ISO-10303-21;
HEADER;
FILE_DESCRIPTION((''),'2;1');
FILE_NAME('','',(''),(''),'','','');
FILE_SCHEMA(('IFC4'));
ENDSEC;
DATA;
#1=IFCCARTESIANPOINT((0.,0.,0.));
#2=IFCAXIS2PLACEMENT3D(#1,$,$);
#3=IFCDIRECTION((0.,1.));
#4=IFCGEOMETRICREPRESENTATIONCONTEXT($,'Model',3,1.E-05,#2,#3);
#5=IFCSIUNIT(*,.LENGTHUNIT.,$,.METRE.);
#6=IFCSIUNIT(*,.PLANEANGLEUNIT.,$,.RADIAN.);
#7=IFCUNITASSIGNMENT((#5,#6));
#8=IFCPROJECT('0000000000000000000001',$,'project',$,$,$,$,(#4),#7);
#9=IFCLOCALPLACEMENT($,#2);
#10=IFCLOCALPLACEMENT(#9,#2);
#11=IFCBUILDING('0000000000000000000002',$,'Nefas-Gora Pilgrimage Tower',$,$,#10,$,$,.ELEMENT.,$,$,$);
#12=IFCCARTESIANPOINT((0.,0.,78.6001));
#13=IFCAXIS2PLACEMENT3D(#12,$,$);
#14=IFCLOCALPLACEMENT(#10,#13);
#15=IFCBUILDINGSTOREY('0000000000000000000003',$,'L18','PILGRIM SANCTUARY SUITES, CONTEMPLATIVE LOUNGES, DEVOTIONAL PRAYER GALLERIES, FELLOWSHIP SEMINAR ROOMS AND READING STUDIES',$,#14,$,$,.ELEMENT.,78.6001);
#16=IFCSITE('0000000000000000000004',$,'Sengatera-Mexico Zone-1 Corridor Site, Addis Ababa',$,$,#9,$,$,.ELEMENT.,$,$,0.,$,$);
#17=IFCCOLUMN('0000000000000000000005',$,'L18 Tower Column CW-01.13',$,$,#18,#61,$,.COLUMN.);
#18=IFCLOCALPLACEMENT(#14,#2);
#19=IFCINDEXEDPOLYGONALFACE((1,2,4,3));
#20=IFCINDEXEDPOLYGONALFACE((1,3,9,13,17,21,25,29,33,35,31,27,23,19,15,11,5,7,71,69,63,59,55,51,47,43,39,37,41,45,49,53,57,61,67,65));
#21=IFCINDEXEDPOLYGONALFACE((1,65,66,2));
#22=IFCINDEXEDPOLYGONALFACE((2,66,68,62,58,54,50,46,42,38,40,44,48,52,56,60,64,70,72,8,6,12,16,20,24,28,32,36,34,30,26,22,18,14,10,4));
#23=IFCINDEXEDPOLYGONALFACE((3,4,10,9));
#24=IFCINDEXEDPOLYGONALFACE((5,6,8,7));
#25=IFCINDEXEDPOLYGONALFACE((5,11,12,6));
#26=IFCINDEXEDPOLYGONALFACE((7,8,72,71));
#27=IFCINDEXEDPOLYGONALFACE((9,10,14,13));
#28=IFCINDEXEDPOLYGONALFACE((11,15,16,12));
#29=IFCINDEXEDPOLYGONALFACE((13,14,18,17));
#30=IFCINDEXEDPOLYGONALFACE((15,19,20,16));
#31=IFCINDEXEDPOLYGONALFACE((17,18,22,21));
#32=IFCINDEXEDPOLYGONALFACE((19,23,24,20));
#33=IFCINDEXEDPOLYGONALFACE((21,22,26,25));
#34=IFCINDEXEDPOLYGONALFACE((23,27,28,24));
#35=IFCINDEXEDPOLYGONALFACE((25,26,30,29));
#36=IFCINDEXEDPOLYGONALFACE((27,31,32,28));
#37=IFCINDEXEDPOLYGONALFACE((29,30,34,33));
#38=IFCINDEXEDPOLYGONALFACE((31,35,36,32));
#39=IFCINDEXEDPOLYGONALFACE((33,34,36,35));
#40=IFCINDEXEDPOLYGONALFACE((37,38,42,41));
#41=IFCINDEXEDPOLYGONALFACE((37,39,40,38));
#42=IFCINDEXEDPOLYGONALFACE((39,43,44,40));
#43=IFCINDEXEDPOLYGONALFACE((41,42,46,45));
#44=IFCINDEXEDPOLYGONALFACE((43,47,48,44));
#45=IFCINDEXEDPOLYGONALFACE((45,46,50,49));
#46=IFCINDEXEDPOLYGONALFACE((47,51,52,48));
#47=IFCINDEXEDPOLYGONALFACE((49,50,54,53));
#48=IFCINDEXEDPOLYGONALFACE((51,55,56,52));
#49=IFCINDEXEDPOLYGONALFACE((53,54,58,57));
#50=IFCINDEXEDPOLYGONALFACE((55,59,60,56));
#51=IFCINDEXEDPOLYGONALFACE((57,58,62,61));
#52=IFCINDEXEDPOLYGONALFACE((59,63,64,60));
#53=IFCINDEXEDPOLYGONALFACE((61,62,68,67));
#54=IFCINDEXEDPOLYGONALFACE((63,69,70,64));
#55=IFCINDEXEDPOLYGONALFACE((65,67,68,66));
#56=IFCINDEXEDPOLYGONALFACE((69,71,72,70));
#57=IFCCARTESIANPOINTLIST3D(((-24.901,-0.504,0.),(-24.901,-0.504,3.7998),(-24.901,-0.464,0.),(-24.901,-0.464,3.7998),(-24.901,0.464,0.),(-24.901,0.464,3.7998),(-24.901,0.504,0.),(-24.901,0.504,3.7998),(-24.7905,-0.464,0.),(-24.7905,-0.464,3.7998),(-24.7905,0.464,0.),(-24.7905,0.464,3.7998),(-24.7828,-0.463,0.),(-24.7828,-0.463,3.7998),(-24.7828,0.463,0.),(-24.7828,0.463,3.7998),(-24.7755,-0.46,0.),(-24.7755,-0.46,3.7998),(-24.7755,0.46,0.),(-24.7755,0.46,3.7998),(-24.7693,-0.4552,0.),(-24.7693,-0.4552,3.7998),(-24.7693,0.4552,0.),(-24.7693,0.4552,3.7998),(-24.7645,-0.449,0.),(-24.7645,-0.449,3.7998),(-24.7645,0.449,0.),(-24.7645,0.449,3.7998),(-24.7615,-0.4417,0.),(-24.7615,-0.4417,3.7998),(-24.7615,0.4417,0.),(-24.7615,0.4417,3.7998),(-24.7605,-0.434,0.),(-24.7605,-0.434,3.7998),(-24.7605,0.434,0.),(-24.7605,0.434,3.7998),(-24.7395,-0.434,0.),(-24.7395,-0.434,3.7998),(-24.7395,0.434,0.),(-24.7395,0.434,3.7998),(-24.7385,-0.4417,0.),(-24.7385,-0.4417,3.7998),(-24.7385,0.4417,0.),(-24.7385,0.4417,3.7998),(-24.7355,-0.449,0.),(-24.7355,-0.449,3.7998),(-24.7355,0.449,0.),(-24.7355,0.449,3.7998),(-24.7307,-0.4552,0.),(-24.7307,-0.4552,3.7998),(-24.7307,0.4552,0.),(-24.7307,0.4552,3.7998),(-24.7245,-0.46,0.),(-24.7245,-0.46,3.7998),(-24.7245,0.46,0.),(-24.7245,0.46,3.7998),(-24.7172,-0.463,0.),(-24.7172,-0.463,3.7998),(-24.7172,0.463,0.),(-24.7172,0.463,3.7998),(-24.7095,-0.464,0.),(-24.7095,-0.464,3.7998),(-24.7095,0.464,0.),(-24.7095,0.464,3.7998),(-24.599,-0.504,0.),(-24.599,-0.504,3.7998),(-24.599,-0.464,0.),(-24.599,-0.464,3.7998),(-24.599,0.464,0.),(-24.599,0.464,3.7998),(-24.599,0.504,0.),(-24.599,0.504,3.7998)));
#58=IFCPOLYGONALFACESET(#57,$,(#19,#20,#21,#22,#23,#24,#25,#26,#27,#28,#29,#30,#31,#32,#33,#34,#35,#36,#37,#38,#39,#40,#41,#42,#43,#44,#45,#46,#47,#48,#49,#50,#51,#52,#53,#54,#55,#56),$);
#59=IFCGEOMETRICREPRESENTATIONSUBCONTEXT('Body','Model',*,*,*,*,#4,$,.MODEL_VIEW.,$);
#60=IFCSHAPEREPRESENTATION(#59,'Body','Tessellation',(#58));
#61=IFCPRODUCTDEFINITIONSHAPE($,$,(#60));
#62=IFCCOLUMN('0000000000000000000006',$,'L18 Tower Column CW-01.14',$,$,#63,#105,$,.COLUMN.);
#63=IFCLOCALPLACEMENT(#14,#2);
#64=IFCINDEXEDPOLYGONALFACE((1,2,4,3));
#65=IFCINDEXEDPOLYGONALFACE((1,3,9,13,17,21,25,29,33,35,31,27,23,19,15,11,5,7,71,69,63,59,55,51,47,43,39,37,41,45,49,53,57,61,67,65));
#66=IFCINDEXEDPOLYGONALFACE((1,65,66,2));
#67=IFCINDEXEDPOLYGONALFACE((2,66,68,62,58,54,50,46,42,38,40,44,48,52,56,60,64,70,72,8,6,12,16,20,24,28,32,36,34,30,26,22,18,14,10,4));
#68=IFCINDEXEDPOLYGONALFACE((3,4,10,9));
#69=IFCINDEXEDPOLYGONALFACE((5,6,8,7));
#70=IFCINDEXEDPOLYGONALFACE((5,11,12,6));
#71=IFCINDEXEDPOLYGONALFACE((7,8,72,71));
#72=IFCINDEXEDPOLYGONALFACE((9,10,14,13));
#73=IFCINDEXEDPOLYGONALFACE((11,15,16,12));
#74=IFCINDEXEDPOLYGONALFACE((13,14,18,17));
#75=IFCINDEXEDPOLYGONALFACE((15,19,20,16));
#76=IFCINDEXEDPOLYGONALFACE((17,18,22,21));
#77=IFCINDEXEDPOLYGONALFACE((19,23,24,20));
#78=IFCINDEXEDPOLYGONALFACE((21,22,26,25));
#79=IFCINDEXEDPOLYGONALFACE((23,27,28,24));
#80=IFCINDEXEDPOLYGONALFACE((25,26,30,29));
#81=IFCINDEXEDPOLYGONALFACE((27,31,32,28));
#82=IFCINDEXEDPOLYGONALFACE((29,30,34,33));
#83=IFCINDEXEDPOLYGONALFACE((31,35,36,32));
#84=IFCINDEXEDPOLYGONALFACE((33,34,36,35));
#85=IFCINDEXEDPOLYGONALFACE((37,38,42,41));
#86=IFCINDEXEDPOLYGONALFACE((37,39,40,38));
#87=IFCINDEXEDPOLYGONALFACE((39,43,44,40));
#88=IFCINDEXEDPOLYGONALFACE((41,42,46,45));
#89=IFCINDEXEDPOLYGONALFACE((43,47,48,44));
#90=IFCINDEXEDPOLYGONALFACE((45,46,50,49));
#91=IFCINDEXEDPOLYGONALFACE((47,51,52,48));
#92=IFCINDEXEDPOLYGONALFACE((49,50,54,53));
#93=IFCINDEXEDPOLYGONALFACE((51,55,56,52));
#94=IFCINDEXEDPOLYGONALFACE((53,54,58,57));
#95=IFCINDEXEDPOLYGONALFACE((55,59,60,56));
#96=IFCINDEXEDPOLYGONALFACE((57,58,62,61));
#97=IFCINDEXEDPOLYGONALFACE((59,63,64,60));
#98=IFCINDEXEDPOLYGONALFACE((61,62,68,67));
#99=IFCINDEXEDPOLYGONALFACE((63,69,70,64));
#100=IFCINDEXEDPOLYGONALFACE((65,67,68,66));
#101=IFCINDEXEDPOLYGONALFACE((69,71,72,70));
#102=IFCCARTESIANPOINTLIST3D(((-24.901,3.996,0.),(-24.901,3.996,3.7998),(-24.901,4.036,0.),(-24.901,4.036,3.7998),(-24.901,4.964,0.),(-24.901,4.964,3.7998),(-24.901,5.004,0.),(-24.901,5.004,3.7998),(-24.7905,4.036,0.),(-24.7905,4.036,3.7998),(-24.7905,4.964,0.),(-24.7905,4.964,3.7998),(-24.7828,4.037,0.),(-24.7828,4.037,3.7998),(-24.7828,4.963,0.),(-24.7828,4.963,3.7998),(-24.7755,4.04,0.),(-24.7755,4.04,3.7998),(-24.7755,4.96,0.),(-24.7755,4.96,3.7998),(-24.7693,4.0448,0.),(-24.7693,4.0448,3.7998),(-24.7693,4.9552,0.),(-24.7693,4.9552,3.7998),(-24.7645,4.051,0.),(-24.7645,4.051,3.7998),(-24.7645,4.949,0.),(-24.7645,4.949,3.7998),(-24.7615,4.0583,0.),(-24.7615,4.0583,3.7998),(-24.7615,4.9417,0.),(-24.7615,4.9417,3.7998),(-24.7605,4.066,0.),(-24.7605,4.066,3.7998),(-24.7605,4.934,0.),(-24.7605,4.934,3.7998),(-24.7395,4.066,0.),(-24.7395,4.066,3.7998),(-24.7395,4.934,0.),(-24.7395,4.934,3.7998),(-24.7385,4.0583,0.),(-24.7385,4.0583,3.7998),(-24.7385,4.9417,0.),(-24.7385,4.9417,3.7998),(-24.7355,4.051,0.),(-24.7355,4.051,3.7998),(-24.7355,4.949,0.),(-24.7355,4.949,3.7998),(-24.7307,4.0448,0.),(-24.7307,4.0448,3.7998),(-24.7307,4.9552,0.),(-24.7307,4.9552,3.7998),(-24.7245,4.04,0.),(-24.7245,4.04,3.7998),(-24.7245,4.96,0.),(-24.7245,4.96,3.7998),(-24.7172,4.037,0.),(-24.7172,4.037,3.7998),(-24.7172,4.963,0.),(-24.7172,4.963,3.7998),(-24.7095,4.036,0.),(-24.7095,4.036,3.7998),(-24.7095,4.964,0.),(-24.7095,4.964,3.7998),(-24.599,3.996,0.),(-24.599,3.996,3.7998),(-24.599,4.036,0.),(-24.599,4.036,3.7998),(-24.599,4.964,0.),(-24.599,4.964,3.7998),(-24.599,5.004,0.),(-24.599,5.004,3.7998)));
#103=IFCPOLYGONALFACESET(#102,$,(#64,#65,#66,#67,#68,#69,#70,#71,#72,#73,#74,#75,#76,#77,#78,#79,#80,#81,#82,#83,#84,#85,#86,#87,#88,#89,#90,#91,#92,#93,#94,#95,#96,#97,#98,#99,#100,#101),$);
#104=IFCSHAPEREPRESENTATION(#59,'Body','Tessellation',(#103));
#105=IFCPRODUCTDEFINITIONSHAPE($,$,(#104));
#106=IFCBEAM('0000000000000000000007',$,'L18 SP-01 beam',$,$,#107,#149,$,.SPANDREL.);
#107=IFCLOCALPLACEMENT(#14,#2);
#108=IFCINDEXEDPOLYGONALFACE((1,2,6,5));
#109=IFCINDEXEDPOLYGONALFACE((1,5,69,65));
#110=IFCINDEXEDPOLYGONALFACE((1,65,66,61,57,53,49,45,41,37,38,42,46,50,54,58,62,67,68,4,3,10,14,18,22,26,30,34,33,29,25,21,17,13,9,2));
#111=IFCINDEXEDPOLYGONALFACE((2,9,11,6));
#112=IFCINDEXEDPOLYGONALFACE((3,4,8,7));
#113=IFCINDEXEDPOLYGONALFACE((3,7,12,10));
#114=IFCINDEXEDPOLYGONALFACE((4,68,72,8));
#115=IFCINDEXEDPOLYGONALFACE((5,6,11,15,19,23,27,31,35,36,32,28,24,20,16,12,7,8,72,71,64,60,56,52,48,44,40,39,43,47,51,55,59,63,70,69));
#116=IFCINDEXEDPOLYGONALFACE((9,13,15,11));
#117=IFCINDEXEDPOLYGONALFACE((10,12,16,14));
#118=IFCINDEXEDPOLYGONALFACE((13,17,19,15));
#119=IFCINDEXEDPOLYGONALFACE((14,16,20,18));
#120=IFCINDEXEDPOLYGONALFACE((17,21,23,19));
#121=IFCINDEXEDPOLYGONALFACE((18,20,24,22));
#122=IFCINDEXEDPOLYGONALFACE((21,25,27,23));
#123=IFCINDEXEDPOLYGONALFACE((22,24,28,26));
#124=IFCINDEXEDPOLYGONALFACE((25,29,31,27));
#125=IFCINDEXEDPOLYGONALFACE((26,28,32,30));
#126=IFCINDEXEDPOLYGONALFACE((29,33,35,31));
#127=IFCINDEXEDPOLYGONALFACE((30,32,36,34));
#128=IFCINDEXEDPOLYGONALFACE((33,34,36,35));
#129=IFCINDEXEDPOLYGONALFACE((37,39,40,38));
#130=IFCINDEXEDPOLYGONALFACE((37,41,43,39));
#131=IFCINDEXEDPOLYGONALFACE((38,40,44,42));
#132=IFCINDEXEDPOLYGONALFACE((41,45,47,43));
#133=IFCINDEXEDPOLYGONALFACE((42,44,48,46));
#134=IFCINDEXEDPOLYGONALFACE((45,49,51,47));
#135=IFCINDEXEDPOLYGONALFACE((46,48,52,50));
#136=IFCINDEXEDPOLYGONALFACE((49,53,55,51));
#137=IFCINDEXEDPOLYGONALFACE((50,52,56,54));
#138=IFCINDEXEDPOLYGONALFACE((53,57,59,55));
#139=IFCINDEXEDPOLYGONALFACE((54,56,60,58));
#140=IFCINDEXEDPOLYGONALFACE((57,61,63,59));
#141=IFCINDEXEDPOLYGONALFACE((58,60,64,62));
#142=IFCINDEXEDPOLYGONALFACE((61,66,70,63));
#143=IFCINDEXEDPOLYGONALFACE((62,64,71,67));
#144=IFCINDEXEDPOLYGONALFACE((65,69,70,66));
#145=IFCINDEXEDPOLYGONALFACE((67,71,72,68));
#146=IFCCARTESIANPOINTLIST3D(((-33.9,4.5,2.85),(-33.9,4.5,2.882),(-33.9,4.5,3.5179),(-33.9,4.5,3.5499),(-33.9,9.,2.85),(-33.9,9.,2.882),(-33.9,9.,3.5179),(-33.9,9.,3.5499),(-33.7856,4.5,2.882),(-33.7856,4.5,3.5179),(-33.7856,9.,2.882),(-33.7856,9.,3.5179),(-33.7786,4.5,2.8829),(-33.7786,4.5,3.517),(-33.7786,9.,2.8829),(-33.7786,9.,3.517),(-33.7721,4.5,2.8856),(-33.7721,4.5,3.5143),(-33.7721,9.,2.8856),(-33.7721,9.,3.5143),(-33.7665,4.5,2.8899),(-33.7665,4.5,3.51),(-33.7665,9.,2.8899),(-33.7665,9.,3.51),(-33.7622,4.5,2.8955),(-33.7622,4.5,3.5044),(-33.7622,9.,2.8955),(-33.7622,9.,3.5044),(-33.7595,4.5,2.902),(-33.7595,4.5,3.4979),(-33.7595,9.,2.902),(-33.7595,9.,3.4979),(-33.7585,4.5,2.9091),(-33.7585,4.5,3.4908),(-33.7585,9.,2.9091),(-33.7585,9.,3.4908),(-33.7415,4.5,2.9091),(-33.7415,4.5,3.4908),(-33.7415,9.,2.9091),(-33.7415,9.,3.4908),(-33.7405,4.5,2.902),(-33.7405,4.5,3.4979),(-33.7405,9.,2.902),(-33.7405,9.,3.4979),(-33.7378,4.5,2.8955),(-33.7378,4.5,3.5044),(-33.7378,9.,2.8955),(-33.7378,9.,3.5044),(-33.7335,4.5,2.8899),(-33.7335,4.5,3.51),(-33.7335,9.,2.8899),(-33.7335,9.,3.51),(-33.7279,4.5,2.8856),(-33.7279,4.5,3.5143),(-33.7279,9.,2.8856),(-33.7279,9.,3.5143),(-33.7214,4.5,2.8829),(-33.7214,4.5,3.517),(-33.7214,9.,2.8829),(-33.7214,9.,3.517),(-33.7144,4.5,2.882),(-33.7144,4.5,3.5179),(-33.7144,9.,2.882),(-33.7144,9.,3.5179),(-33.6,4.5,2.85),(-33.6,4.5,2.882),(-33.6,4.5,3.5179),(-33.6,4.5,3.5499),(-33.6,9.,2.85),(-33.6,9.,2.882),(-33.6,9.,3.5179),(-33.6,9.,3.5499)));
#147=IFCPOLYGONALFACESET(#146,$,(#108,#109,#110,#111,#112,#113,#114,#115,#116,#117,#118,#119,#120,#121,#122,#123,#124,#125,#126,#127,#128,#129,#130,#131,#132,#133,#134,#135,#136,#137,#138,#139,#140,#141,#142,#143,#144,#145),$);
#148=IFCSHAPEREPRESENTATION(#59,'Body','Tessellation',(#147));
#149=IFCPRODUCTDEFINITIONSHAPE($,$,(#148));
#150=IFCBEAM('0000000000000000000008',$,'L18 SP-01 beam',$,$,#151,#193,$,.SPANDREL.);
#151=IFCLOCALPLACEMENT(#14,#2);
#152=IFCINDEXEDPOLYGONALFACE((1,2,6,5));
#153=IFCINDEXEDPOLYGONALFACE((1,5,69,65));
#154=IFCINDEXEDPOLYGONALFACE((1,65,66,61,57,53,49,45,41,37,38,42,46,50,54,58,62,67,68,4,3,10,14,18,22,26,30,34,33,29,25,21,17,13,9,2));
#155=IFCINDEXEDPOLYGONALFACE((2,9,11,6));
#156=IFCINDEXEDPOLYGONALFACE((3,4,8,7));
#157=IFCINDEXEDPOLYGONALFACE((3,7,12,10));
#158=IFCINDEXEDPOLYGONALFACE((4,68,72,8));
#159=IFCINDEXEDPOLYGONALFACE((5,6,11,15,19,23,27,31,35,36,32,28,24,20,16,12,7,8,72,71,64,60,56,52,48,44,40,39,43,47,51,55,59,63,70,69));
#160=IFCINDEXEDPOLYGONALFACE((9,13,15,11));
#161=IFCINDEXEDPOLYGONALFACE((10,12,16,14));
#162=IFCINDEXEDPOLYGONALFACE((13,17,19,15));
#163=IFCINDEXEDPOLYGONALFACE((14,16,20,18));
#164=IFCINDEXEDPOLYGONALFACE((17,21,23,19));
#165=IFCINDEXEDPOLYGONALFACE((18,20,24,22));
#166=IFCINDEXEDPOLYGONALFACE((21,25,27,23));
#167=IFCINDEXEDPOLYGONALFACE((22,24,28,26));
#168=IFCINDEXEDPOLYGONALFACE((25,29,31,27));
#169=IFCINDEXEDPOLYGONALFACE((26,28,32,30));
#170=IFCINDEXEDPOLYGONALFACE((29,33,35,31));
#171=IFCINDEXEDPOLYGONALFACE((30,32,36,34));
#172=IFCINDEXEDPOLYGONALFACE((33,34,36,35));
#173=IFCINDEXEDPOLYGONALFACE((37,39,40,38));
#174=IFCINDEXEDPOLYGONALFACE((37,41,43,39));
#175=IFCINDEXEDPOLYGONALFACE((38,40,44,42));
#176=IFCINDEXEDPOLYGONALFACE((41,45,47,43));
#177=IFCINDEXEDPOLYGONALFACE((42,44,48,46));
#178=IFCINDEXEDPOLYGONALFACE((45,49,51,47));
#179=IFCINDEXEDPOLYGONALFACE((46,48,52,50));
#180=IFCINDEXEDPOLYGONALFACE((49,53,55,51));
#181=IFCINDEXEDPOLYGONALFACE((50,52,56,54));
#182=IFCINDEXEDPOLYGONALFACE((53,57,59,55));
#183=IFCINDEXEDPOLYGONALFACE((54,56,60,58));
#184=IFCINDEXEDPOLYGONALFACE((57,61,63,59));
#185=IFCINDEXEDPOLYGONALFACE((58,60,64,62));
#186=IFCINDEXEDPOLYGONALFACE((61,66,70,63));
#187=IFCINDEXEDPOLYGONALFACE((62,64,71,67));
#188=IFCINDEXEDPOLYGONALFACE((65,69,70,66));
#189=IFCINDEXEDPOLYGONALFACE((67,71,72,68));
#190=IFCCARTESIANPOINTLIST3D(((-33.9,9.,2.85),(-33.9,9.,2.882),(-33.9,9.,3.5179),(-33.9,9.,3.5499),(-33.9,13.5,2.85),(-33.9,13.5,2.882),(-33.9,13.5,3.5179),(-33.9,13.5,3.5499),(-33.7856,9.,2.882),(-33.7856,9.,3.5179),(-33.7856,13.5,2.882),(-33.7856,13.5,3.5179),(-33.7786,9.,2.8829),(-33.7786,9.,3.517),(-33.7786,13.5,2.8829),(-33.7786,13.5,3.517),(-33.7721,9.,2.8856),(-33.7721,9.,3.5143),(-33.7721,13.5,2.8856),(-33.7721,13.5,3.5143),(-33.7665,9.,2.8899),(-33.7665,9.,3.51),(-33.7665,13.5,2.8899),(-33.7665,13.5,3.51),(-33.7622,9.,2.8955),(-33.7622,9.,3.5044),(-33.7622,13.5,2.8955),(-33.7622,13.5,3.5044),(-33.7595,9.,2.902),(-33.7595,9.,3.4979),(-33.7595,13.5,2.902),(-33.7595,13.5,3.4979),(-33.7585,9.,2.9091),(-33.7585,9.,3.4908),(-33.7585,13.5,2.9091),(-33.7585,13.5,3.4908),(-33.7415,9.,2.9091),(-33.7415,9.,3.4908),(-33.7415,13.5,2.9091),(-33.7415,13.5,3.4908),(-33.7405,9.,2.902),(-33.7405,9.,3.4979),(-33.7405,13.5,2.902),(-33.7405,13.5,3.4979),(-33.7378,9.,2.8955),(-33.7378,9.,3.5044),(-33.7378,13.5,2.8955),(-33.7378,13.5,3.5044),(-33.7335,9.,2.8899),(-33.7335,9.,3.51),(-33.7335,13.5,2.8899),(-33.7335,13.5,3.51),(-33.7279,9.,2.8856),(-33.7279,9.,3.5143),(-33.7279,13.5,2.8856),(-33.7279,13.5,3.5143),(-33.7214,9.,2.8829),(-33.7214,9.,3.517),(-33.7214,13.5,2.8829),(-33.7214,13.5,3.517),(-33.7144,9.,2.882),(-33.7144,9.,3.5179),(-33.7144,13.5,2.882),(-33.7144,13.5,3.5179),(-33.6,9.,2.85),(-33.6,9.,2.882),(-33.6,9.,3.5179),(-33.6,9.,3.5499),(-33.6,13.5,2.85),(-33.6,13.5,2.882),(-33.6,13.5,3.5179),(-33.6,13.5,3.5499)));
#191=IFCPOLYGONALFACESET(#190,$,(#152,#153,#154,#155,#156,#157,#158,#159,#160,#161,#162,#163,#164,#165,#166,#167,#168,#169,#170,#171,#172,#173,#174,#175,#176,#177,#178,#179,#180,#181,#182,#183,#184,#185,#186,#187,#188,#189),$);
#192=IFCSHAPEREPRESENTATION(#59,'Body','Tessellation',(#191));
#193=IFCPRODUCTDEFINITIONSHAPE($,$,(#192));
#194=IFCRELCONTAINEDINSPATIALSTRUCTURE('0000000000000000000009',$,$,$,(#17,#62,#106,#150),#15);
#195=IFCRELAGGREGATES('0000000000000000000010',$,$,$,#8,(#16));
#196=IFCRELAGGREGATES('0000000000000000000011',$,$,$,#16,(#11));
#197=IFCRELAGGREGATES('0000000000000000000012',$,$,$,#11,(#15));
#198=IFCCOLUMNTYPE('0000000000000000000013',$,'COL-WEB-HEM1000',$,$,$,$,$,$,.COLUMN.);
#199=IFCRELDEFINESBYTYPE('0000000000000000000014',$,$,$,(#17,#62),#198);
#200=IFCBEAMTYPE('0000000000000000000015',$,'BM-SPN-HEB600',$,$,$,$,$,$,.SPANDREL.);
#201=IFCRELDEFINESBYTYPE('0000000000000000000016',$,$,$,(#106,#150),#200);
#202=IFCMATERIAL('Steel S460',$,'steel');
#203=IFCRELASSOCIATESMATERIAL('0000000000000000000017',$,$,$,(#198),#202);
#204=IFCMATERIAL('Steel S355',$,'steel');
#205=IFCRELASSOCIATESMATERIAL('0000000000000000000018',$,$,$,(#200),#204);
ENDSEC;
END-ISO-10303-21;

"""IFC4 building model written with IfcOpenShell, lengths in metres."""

from ifc_helpers import new_model, si_unit, direction, frame, origin, origin_2d, place, context, subcontext, project, spatial, i_section, extrude, source, transform, mapped, material, material_profile, profile_set, type_object, element, save


model = new_model("IFC4")

# Units and contexts
model_context = context("Model", 3, precision=1e-05, world=origin(), true_north=direction((0.0, 1.0)))
body_context = subcontext(model_context, "Body", "Model", "MODEL_VIEW")
ifc_project = project(units=[si_unit("LENGTHUNIT", "METRE"), si_unit("PLANEANGLEUNIT", "RADIAN")], contexts=[model_context])

# Site, building, storey
site_placement = place(None, origin())
site = spatial("IfcSite", under=ifc_project, at=site_placement, Name="Sengatera-Mexico Zone-1 Corridor Site, Addis Ababa", CompositionType="ELEMENT", RefElevation=0.0)
building_placement = place(site_placement, origin())
building = spatial("IfcBuilding", under=site, at=building_placement, Name="Nefas-Gora Pilgrimage Tower", CompositionType="ELEMENT")
storey_placement = place(building_placement, frame((0.0, 0.0, 78.6001)))
storey = spatial("IfcBuildingStorey", under=building, at=storey_placement, Name="L18", Description="PILGRIM SANCTUARY SUITES, CONTEMPLATIVE LOUNGES, DEVOTIONAL PRAYER GALLERIES, FELLOWSHIP SEMINAR ROOMS AND READING STUDIES", CompositionType="ELEMENT", Elevation=78.6001)

# Columns
ifc_material_1 = material(Name="Steel S460", Category="steel")
ifc_material_profile_1 = material_profile(ifc_material_1, i_section(OverallWidth=0.302, OverallDepth=1.0081, WebThickness=0.021, FlangeThickness=0.04, FilletRadius=0.03, at=origin_2d()), Name="HEM 1000")
ifc_profile_set_1 = profile_set([ifc_material_profile_1], Name="Steel S460")
column_type_1 = type_object("IfcColumnType", Name="COL-WEB-HEM1000", PredefinedType="COLUMN", material=ifc_profile_set_1)
shared_shape_1 = source(origin(), body_context, "Body", "SweptSolid", [
    extrude(i_section(OverallWidth=0.302, OverallDepth=1.0081, WebThickness=0.021, FlangeThickness=0.04, FilletRadius=0.03, at=origin_2d()), origin(), (0.0, 0.0, 1.0), 3.7998),
])
for number, where, z_axis, x_axis, name in (
    (1, (-24.75, 0.0, 0.0), (0.0, 0.0, 1.0), (1.0, 0.0, 0.0), "L18 Tower Column CW-01.13"),
    (2, (-24.75, 4.5, 0.0), (0.0, 0.0, 1.0), (1.0, 0.0, 0.0), "L18 Tower Column CW-01.14"),
):
    element("IfcColumn", number, at=place(storey_placement, frame(where, z_axis=z_axis, x_axis=x_axis)), inside=storey, type_object=column_type_1, Name=name, PredefinedType="COLUMN", context=body_context, shape_type="MappedRepresentation", body=[
        mapped(shared_shape_1, transform((0.0, 0.0, 0.0), x_axis=(1.0, 0.0, 0.0), y_axis=(0.0, 1.0, 0.0), z_axis=(0.0, 0.0, 1.0), scale=1.0)),
    ])

# Beams
ifc_material_2 = material(Name="Steel S355", Category="steel")
ifc_material_profile_2 = material_profile(ifc_material_2, i_section(OverallWidth=0.3, OverallDepth=0.7, WebThickness=0.0171, FlangeThickness=0.032, FilletRadius=0.0271, at=origin_2d()), Name="HEB 700")
ifc_profile_set_2 = profile_set([ifc_material_profile_2], Name="Steel S355")
beam_type_1 = type_object("IfcBeamType", Name="BM-SPN-HEB600", PredefinedType="SPANDREL", material=ifc_profile_set_2)
shared_shape_2 = source(origin(), body_context, "Body", "SweptSolid", [
    extrude(i_section(OverallWidth=0.3, OverallDepth=0.7, WebThickness=0.0171, FlangeThickness=0.032, FilletRadius=0.0271, at=origin_2d()), origin(), (0.0, 0.0, 1.0), 4.5),
])
for number, where, z_axis, x_axis, name in (
    (3, (-33.75, 4.5, 3.2), (0.0, 1.0, 0.0), (-1.0, 0.0, 0.0), "L18 SP-01 beam"),
    (4, (-33.75, 9.0, 3.2), (0.0, 1.0, 0.0), (-1.0, 0.0, 0.0), "L18 SP-01 beam"),
):
    element("IfcBeam", number, at=place(storey_placement, frame(where, z_axis=z_axis, x_axis=x_axis)), inside=storey, type_object=beam_type_1, Name=name, PredefinedType="SPANDREL", context=body_context, shape_type="MappedRepresentation", body=[
        mapped(shared_shape_2, transform((0.0, 0.0, 0.0), x_axis=(1.0, 0.0, 0.0), y_axis=(0.0, 1.0, 0.0), z_axis=(0.0, 0.0, 1.0), scale=1.0)),
    ])

save(model, "model.ifc")
